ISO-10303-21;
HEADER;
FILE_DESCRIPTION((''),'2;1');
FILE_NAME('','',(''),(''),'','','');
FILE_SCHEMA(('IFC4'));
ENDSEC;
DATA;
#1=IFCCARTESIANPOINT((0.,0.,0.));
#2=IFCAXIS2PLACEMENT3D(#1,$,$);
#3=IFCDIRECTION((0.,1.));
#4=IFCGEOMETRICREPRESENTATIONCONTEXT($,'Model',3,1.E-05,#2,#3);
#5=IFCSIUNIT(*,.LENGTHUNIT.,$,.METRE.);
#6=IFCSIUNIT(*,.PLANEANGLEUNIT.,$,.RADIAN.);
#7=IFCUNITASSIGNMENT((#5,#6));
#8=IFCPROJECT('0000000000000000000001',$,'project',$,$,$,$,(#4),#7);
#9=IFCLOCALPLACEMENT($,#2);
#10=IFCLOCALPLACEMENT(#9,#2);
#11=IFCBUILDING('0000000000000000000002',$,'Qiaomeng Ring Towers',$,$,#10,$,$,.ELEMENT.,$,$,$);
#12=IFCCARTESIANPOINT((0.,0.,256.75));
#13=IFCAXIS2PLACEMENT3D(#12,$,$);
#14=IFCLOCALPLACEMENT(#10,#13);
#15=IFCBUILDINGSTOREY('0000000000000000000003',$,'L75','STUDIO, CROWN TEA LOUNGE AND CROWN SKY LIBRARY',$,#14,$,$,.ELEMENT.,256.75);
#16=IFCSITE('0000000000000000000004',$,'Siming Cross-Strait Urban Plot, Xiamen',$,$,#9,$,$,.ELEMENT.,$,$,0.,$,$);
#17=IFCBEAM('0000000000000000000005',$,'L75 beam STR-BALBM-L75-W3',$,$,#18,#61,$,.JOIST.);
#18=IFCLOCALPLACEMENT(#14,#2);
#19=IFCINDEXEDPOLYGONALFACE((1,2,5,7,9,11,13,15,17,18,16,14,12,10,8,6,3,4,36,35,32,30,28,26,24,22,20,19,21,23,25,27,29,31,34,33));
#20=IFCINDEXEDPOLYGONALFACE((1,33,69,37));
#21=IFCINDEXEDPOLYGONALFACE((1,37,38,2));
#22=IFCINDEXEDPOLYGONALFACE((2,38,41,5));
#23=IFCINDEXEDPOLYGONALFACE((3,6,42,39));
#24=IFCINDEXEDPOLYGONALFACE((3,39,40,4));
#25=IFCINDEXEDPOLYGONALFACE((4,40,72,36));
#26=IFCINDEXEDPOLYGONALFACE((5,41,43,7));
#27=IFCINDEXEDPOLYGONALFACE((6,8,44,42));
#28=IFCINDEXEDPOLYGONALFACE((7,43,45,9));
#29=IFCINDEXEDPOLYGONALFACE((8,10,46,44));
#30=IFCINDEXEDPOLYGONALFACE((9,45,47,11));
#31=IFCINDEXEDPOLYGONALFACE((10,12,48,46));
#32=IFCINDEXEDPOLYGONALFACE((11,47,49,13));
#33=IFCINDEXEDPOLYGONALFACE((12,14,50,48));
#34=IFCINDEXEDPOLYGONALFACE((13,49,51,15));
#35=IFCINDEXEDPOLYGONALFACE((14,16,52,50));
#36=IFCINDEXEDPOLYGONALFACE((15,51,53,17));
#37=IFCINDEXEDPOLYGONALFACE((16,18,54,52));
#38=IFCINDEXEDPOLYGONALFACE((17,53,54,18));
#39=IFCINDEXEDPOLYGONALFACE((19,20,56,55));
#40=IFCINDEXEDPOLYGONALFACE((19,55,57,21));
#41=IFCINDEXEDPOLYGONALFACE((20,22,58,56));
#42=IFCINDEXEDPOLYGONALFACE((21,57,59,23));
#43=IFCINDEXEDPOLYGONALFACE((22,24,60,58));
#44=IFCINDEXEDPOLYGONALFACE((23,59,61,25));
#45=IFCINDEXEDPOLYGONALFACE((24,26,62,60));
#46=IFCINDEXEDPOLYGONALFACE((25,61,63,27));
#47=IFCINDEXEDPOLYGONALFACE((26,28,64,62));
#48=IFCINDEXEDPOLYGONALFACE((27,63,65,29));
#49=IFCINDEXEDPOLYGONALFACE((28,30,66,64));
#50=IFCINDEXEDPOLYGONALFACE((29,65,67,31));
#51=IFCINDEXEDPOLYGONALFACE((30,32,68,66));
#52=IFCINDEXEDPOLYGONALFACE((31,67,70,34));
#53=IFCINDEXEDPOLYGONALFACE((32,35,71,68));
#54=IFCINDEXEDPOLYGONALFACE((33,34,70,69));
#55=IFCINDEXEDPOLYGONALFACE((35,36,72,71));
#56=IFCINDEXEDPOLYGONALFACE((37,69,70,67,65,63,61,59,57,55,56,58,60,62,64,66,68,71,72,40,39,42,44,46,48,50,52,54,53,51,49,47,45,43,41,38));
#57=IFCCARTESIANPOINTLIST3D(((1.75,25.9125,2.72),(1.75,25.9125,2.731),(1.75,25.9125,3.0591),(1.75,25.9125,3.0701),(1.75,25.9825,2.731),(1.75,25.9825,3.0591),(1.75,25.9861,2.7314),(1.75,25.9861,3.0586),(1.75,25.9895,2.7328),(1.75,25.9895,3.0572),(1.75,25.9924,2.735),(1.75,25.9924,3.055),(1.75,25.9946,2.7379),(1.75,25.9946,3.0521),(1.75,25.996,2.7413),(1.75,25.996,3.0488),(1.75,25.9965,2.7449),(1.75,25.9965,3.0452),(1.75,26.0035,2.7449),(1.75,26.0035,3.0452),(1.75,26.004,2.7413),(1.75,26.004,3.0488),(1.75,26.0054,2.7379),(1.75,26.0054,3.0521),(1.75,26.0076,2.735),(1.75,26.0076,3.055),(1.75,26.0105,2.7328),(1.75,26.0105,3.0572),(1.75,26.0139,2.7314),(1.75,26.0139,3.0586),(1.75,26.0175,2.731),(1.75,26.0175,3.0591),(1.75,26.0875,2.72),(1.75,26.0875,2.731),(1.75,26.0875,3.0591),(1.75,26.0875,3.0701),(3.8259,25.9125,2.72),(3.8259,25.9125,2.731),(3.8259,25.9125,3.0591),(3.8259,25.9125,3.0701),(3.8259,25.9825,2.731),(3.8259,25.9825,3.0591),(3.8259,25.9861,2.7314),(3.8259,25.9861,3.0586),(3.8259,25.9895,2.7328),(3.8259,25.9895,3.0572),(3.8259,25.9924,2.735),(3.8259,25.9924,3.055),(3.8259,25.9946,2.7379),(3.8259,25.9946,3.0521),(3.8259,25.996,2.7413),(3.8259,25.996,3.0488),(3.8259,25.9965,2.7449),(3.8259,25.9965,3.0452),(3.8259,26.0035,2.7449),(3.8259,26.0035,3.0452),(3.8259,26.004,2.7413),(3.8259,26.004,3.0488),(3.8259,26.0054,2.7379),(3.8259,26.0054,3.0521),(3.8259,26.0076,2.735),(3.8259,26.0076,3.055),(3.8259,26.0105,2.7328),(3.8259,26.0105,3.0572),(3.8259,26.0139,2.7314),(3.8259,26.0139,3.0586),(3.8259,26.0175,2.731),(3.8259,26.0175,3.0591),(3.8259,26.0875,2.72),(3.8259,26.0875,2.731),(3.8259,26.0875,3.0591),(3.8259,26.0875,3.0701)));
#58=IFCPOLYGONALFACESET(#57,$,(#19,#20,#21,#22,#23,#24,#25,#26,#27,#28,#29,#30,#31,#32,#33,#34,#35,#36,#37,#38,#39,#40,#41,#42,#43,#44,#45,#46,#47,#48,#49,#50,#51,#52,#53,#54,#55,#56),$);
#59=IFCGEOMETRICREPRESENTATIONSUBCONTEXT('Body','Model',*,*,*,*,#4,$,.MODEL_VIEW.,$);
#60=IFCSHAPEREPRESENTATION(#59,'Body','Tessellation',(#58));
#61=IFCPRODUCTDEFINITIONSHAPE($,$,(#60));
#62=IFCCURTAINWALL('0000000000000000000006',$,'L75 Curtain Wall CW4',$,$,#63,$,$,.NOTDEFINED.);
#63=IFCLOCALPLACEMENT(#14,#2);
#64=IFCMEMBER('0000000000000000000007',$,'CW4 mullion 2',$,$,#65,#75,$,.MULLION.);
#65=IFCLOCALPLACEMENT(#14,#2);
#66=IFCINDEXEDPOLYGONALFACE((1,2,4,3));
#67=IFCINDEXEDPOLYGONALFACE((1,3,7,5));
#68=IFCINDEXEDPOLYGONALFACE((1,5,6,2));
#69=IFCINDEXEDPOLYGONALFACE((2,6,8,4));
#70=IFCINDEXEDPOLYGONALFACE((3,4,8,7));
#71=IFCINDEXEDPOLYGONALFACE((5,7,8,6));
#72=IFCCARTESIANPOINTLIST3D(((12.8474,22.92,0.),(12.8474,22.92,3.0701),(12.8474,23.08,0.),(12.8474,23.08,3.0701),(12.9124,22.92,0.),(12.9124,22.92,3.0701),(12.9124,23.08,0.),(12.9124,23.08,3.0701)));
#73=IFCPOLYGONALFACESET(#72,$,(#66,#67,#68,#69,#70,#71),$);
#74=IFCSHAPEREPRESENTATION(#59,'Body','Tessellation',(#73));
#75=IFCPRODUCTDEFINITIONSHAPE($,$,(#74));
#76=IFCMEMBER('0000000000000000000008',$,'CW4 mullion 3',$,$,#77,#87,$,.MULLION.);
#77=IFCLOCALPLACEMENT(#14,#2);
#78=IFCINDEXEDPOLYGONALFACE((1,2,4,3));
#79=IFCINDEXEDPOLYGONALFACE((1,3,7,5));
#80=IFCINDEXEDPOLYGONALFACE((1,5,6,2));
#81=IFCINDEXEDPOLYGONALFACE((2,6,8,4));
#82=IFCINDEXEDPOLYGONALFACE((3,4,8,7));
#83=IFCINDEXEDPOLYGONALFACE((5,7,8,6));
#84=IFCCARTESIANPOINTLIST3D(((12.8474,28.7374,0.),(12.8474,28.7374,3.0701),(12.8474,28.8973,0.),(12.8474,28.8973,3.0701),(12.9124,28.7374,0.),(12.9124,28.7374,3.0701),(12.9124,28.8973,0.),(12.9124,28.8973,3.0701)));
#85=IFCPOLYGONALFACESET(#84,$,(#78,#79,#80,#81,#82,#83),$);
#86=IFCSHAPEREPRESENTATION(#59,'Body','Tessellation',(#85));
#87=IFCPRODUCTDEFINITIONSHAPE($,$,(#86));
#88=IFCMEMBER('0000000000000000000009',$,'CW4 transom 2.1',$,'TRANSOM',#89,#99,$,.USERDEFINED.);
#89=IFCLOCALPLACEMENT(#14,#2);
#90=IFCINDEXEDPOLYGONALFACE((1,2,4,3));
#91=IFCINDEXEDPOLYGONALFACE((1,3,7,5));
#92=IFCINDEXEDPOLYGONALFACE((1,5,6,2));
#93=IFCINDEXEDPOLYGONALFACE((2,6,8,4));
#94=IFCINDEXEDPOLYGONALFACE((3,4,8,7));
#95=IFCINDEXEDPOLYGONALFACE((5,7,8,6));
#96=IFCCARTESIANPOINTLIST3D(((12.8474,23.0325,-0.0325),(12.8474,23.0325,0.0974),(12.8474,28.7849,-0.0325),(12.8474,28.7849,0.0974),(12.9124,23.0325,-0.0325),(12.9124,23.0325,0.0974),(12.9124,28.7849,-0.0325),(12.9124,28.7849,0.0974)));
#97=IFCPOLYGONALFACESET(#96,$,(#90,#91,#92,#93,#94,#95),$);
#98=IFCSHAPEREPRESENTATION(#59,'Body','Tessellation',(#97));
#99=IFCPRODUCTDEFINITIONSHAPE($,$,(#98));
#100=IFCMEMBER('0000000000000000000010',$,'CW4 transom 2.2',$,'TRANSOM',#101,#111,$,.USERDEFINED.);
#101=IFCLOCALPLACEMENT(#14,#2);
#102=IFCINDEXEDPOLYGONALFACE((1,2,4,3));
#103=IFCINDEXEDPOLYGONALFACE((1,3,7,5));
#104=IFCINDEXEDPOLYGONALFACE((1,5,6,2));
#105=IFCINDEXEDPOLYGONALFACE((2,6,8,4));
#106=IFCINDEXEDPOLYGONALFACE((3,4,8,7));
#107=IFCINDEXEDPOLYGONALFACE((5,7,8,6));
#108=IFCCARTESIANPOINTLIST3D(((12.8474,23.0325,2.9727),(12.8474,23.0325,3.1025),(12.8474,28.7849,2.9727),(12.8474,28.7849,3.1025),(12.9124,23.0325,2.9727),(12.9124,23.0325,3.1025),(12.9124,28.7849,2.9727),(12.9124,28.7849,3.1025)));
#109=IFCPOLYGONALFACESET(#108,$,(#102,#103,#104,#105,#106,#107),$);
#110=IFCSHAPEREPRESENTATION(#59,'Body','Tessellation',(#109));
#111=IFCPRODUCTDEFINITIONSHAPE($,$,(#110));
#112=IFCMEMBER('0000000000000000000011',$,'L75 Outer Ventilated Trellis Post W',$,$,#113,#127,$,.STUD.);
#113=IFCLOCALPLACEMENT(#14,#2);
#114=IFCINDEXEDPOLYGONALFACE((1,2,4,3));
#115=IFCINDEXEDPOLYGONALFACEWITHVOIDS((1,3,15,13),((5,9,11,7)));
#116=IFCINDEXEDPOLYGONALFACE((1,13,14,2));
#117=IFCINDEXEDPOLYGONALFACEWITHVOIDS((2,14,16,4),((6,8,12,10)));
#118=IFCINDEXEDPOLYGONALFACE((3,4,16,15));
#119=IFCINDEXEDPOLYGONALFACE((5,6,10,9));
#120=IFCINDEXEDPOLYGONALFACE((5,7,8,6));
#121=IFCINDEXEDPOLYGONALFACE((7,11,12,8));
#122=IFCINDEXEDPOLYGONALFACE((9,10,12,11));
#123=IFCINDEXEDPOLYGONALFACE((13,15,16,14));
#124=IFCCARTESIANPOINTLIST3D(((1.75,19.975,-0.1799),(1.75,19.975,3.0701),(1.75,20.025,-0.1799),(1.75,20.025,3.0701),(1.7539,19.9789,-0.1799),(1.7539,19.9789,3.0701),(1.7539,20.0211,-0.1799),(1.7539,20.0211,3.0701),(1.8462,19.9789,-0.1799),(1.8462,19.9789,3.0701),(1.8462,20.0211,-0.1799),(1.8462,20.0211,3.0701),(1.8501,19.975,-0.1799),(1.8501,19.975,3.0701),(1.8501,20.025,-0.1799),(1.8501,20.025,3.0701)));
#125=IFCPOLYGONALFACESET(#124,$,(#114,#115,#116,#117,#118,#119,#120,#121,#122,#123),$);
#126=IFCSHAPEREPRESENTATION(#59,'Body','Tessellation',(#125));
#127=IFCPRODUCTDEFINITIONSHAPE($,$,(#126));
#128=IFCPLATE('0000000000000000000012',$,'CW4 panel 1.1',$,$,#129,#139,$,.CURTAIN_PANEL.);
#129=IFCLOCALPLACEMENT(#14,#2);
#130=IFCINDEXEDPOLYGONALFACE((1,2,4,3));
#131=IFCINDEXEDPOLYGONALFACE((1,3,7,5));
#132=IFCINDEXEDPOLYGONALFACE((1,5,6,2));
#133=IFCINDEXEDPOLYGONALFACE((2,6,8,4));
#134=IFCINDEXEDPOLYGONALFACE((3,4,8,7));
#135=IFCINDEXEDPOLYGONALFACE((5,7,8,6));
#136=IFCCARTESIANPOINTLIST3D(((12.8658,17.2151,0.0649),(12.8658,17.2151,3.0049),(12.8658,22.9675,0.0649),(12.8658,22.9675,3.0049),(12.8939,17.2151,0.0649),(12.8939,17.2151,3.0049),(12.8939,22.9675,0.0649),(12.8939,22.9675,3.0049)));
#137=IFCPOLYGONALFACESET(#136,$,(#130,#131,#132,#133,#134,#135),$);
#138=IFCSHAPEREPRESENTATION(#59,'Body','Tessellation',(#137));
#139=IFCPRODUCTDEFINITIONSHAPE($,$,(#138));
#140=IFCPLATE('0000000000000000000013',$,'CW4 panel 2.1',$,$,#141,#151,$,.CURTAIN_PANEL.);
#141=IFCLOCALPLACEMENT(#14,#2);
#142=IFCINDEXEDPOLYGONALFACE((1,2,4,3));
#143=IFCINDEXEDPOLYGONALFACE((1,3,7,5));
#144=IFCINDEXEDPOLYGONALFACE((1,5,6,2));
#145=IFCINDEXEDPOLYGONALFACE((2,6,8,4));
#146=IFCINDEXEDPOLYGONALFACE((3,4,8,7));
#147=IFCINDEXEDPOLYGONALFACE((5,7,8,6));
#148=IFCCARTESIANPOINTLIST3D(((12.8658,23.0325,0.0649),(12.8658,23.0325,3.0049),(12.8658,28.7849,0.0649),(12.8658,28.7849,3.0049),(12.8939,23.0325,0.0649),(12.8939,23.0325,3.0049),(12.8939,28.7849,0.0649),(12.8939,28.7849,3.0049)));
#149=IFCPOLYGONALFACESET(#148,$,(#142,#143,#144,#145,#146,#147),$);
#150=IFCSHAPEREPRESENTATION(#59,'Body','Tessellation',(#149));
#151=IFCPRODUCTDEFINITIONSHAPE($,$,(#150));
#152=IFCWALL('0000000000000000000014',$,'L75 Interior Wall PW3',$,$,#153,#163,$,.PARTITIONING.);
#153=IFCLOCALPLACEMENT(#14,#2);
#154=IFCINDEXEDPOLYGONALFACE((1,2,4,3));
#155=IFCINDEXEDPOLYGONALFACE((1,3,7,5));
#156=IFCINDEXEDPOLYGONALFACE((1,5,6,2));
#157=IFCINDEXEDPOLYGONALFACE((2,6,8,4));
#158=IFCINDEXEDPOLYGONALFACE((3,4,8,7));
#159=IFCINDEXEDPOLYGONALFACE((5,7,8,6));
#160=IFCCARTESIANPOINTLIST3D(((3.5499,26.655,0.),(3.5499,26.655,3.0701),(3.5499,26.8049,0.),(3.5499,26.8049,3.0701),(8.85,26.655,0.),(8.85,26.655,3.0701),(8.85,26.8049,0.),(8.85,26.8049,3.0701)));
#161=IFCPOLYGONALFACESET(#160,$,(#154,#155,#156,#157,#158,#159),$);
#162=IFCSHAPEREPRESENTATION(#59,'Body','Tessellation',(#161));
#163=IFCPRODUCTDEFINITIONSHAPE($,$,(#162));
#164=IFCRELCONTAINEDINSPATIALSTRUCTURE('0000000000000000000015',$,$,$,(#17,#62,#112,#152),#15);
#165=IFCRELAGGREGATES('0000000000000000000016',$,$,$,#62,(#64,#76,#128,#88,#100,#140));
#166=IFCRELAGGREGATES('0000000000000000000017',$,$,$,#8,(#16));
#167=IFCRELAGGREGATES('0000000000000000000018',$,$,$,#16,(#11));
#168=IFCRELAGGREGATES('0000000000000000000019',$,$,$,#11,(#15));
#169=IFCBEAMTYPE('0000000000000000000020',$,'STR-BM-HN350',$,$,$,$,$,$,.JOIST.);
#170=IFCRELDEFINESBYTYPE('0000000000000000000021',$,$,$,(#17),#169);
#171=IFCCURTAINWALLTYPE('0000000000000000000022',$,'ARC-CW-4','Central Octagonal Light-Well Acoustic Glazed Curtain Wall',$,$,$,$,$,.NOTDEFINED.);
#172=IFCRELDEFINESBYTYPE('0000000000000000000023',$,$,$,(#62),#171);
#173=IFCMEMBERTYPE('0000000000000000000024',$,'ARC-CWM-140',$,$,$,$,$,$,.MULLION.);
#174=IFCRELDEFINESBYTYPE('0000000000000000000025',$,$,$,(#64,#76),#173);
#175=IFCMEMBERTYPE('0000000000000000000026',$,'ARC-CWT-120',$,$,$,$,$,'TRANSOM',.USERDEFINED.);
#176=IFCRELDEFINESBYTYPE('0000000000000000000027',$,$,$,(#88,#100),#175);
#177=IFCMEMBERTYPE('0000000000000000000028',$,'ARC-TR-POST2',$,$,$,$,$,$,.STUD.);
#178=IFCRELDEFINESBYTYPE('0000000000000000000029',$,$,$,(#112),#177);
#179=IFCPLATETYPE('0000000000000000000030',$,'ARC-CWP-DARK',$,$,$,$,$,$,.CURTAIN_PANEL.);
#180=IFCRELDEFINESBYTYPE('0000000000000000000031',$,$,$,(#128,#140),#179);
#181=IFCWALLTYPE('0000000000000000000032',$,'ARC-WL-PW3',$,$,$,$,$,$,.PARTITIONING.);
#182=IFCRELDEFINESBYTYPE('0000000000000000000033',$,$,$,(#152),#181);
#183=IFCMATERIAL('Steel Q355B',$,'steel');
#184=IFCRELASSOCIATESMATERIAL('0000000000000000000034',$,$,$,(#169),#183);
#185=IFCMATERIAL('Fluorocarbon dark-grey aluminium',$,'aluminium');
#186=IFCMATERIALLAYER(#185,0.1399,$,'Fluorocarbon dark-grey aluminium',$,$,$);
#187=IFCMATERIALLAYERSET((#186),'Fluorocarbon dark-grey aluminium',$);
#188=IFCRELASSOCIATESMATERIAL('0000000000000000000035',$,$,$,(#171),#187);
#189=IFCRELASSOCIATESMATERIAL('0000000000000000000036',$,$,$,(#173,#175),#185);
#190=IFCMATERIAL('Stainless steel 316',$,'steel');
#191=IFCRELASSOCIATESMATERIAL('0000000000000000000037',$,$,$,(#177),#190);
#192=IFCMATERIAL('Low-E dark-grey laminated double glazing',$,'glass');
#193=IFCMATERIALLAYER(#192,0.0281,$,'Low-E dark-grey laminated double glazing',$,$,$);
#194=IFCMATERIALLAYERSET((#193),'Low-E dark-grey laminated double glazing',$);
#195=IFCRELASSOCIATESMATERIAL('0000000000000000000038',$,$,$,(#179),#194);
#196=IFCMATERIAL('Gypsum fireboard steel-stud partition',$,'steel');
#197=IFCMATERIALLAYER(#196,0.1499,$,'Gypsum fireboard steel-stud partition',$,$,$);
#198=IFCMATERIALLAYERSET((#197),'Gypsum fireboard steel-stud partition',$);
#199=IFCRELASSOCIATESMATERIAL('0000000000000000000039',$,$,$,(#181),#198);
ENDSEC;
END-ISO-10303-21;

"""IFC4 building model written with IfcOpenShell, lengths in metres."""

from ifc_helpers import new_model, si_unit, direction, frame, frame_2d, origin, origin_2d, place, context, subcontext, project, spatial, rectangle, hollow_rectangle, i_section, extrude, source, transform, mapped, material, layer, layer_set, material_profile, profile_set, type_object, element, aggregate, save


model = new_model("IFC4")

# Units and contexts
model_context = context("Model", 3, precision=1e-05, world=origin(), true_north=direction((0.0, 1.0)))
body_context = subcontext(model_context, "Body", "Model", "MODEL_VIEW")
ifc_project = project(units=[si_unit("LENGTHUNIT", "METRE"), si_unit("PLANEANGLEUNIT", "RADIAN")], contexts=[model_context])

# Site, building, storey
site_placement = place(None, origin())
site = spatial("IfcSite", under=ifc_project, at=site_placement, Name="Siming Cross-Strait Urban Plot, Xiamen", CompositionType="ELEMENT", RefElevation=0.0)
building_placement = place(site_placement, origin())
building = spatial("IfcBuilding", under=site, at=building_placement, Name="Qiaomeng Ring Towers", CompositionType="ELEMENT")
storey_placement = place(building_placement, frame((0.0, 0.0, 256.75)))
storey = spatial("IfcBuildingStorey", under=building, at=storey_placement, Name="L75", Description="STUDIO, CROWN TEA LOUNGE AND CROWN SKY LIBRARY", CompositionType="ELEMENT", Elevation=256.75)

# Beam
ifc_material_1 = material(Name="Steel Q355B", Category="steel")
ifc_material_profile_1 = material_profile(ifc_material_1, i_section(OverallWidth=0.175, OverallDepth=0.3501, WebThickness=0.0071, FlangeThickness=0.011, FilletRadius=0.0139, at=origin_2d()), Name="HN 350x175x7x11")
ifc_profile_set_1 = profile_set([ifc_material_profile_1], Name="Steel Q355B")
beam_type_1 = type_object("IfcBeamType", Name="STR-BM-HN350", PredefinedType="JOIST", material=ifc_profile_set_1)
shared_shape_1 = source(origin(), body_context, "Body", "SweptSolid", [
    extrude(i_section(OverallWidth=0.175, OverallDepth=0.3501, WebThickness=0.0071, FlangeThickness=0.011, FilletRadius=0.0139, at=origin_2d()), origin(), (0.0, 0.0, 1.0), 2.0759),
])
for number, where, z_axis, x_axis, name in (
    (1, (1.75, 26.0, 2.895), (1.0, 0.0, 0.0), (0.0, 1.0, 0.0), "L75 beam STR-BALBM-L75-W3"),
):
    element("IfcBeam", number, at=place(storey_placement, frame(where, z_axis=z_axis, x_axis=x_axis)), inside=storey, type_object=beam_type_1, Name=name, PredefinedType="JOIST", context=body_context, shape_type="MappedRepresentation", body=[
        mapped(shared_shape_1, transform((0.0, 0.0, 0.0), x_axis=(1.0, 0.0, 0.0), y_axis=(0.0, 1.0, 0.0), z_axis=(0.0, 0.0, 1.0), scale=1.0)),
    ])

# Curtain wall, members
ifc_material_2 = material(Name="Fluorocarbon dark-grey aluminium", Category="aluminium")
ifc_layer_1 = layer(ifc_material_2, 0.1399, Name="Fluorocarbon dark-grey aluminium")
ifc_layer_set_1 = layer_set([ifc_layer_1], Name="Fluorocarbon dark-grey aluminium")
curtain_wall_type = type_object("IfcCurtainWallType", Name="ARC-CW-4", Description="Central Octagonal Light-Well Acoustic Glazed Curtain Wall", PredefinedType="NOTDEFINED", material=ifc_layer_set_1)
curtain_wall_placement = place(storey_placement, origin())
curtain_wall = element("IfcCurtainWall", 2, at=curtain_wall_placement, inside=storey, type_object=curtain_wall_type, Name="L75 Curtain Wall CW4", PredefinedType="NOTDEFINED")
ifc_material_profile_2 = material_profile(ifc_material_2, rectangle(XDim=0.0649, YDim=0.1599, at=origin_2d()), Name="ALU MULL 65x160")
ifc_profile_set_2 = profile_set([ifc_material_profile_2], Name="Fluorocarbon dark-grey aluminium")
member_type_1 = type_object("IfcMemberType", Name="ARC-CWM-140", PredefinedType="MULLION", material=ifc_profile_set_2)
shared_shape_2 = source(origin(), body_context, "Body", "SweptSolid", [
    extrude(rectangle(XDim=0.0649, YDim=0.1599, at=origin_2d()), origin(), (0.0, 0.0, 1.0), 3.0701),
])
member_1_placement = place(storey_placement, frame((12.8799, 23.0, 0.0), z_axis=(0.0, 0.0, 1.0), x_axis=(-1.0, 0.0, 0.0)))
member_1 = element("IfcMember", 3, at=member_1_placement, type_object=member_type_1, Name="CW4 mullion 2", PredefinedType="MULLION", context=body_context, shape_type="MappedRepresentation", body=[
    mapped(shared_shape_2, transform((0.0, 0.0, 0.0), x_axis=(1.0, 0.0, 0.0), y_axis=(0.0, 1.0, 0.0), z_axis=(0.0, 0.0, 1.0), scale=1.0)),
])
member_2_placement = place(storey_placement, frame((12.8799, 28.8174, 0.0), z_axis=(0.0, 0.0, 1.0), x_axis=(-1.0, 0.0, 0.0)))
member_2 = element("IfcMember", 4, at=member_2_placement, type_object=member_type_1, Name="CW4 mullion 3", PredefinedType="MULLION", context=body_context, shape_type="MappedRepresentation", body=[
    mapped(shared_shape_2, transform((0.0, 0.0, 0.0), x_axis=(1.0, 0.0, 0.0), y_axis=(0.0, 1.0, 0.0), z_axis=(0.0, 0.0, 1.0), scale=1.0)),
])
ifc_material_profile_3 = material_profile(ifc_material_2, rectangle(XDim=0.0649, YDim=0.1299, at=origin_2d()), Name="ALU TRAN 65x130")
ifc_profile_set_3 = profile_set([ifc_material_profile_3], Name="Fluorocarbon dark-grey aluminium")
member_type_2 = type_object("IfcMemberType", Name="ARC-CWT-120", ElementType="TRANSOM", PredefinedType="USERDEFINED", material=ifc_profile_set_3)
shared_shape_3 = source(origin(), body_context, "Body", "SweptSolid", [
    extrude(rectangle(XDim=0.0649, YDim=0.1299, at=origin_2d()), origin(), (0.0, 0.0, 1.0), 5.7524),
])
member_3_placement = place(storey_placement, frame((12.8799, 23.0325, 0.0325), z_axis=(0.0, 1.0, 0.0), x_axis=(-1.0, 0.0, 0.0)))
member_3 = element("IfcMember", 5, at=member_3_placement, type_object=member_type_2, Name="CW4 transom 2.1", ObjectType="TRANSOM", PredefinedType="USERDEFINED", context=body_context, shape_type="MappedRepresentation", body=[
    mapped(shared_shape_3, transform((0.0, 0.0, 0.0), x_axis=(1.0, 0.0, 0.0), y_axis=(0.0, 1.0, 0.0), z_axis=(0.0, 0.0, 1.0), scale=1.0)),
])
member_4_placement = place(storey_placement, frame((12.8799, 23.0325, 3.0376), z_axis=(0.0, 1.0, 0.0), x_axis=(-1.0, 0.0, 0.0)))
member_4 = element("IfcMember", 6, at=member_4_placement, type_object=member_type_2, Name="CW4 transom 2.2", ObjectType="TRANSOM", PredefinedType="USERDEFINED", context=body_context, shape_type="MappedRepresentation", body=[
    mapped(shared_shape_3, transform((0.0, 0.0, 0.0), x_axis=(1.0, 0.0, 0.0), y_axis=(0.0, 1.0, 0.0), z_axis=(0.0, 0.0, 1.0), scale=1.0)),
])

# Member
ifc_material_3 = material(Name="Stainless steel 316", Category="steel")
ifc_material_profile_4 = material_profile(ifc_material_3, hollow_rectangle(XDim=0.05, YDim=0.1001, WallThickness=0.0039, at=origin_2d()), Name="SS TRELLIS 100x50")
ifc_profile_set_4 = profile_set([ifc_material_profile_4], Name="Stainless steel 316")
member_type_3 = type_object("IfcMemberType", Name="ARC-TR-POST2", PredefinedType="STUD", material=ifc_profile_set_4)
shared_shape_4 = source(origin(), body_context, "Body", "SweptSolid", [
    extrude(hollow_rectangle(XDim=0.05, YDim=0.1001, WallThickness=0.0039, at=origin_2d()), origin(), (0.0, 0.0, 1.0), 3.25),
])
member_5_placement = place(storey_placement, frame((1.8, 20.0, -0.1799), z_axis=(0.0, 0.0, 1.0), x_axis=(0.0, 1.0, 0.0)))
element("IfcMember", 7, at=member_5_placement, inside=storey, type_object=member_type_3, Name="L75 Outer Ventilated Trellis Post W", PredefinedType="STUD", context=body_context, shape_type="MappedRepresentation", body=[
    mapped(shared_shape_4, transform((0.0, 0.0, 0.0), x_axis=(1.0, 0.0, 0.0), y_axis=(0.0, 1.0, 0.0), z_axis=(0.0, 0.0, 1.0), scale=1.0)),
])

# Plates
ifc_material_4 = material(Name="Low-E dark-grey laminated double glazing", Category="glass")
ifc_layer_2 = layer(ifc_material_4, 0.0281, Name="Low-E dark-grey laminated double glazing")
ifc_layer_set_2 = layer_set([ifc_layer_2], Name="Low-E dark-grey laminated double glazing")
plate_type = type_object("IfcPlateType", Name="ARC-CWP-DARK", PredefinedType="CURTAIN_PANEL", material=ifc_layer_set_2)
shared_shape_5 = source(origin(), body_context, "Body", "SweptSolid", [
    extrude(rectangle(XDim=5.7524, YDim=0.0281, at=origin_2d()), origin(), (0.0, 0.0, 1.0), 2.9399),
])
plate_1_placement = place(storey_placement, frame((12.8799, 20.0913, 0.0649), z_axis=(0.0, 0.0, 1.0), x_axis=(0.0, 1.0, 0.0)))
plate_1 = element("IfcPlate", 8, at=plate_1_placement, type_object=plate_type, Name="CW4 panel 1.1", PredefinedType="CURTAIN_PANEL", context=body_context, shape_type="MappedRepresentation", body=[
    mapped(shared_shape_5, transform((0.0, 0.0, 0.0), x_axis=(1.0, 0.0, 0.0), y_axis=(0.0, 1.0, 0.0), z_axis=(0.0, 0.0, 1.0), scale=1.0)),
])
plate_2_placement = place(storey_placement, frame((12.8799, 25.9087, 0.0649), z_axis=(0.0, 0.0, 1.0), x_axis=(0.0, 1.0, 0.0)))
plate_2 = element("IfcPlate", 9, at=plate_2_placement, type_object=plate_type, Name="CW4 panel 2.1", PredefinedType="CURTAIN_PANEL", context=body_context, shape_type="MappedRepresentation", body=[
    mapped(shared_shape_5, transform((0.0, 0.0, 0.0), x_axis=(1.0, 0.0, 0.0), y_axis=(0.0, 1.0, 0.0), z_axis=(0.0, 0.0, 1.0), scale=1.0)),
])
aggregate(curtain_wall, [member_1, member_2, plate_1, member_3, member_4, plate_2])

# Wall
ifc_material_5 = material(Name="Gypsum fireboard steel-stud partition", Category="steel")
ifc_layer_3 = layer(ifc_material_5, 0.1499, Name="Gypsum fireboard steel-stud partition")
ifc_layer_set_3 = layer_set([ifc_layer_3], Name="Gypsum fireboard steel-stud partition")
wall_type_1 = type_object("IfcWallType", Name="ARC-WL-PW3", PredefinedType="PARTITIONING", material=ifc_layer_set_3)
wall_1_placement = place(storey_placement, frame((3.55, 26.73, 0.0), z_axis=(0.0, 0.0, 1.0), x_axis=(1.0, 0.0, 0.0)))
element("IfcWall", 10, at=wall_1_placement, inside=storey, type_object=wall_type_1, Name="L75 Interior Wall PW3", PredefinedType="PARTITIONING", context=body_context, shape_type="SweptSolid", body=[
    extrude(rectangle(XDim=5.3, YDim=0.1499, at=frame_2d((2.6499, 0.0))), origin(), (0.0, 0.0, 1.0), 3.0701),
])

save(model, "model.ifc")
